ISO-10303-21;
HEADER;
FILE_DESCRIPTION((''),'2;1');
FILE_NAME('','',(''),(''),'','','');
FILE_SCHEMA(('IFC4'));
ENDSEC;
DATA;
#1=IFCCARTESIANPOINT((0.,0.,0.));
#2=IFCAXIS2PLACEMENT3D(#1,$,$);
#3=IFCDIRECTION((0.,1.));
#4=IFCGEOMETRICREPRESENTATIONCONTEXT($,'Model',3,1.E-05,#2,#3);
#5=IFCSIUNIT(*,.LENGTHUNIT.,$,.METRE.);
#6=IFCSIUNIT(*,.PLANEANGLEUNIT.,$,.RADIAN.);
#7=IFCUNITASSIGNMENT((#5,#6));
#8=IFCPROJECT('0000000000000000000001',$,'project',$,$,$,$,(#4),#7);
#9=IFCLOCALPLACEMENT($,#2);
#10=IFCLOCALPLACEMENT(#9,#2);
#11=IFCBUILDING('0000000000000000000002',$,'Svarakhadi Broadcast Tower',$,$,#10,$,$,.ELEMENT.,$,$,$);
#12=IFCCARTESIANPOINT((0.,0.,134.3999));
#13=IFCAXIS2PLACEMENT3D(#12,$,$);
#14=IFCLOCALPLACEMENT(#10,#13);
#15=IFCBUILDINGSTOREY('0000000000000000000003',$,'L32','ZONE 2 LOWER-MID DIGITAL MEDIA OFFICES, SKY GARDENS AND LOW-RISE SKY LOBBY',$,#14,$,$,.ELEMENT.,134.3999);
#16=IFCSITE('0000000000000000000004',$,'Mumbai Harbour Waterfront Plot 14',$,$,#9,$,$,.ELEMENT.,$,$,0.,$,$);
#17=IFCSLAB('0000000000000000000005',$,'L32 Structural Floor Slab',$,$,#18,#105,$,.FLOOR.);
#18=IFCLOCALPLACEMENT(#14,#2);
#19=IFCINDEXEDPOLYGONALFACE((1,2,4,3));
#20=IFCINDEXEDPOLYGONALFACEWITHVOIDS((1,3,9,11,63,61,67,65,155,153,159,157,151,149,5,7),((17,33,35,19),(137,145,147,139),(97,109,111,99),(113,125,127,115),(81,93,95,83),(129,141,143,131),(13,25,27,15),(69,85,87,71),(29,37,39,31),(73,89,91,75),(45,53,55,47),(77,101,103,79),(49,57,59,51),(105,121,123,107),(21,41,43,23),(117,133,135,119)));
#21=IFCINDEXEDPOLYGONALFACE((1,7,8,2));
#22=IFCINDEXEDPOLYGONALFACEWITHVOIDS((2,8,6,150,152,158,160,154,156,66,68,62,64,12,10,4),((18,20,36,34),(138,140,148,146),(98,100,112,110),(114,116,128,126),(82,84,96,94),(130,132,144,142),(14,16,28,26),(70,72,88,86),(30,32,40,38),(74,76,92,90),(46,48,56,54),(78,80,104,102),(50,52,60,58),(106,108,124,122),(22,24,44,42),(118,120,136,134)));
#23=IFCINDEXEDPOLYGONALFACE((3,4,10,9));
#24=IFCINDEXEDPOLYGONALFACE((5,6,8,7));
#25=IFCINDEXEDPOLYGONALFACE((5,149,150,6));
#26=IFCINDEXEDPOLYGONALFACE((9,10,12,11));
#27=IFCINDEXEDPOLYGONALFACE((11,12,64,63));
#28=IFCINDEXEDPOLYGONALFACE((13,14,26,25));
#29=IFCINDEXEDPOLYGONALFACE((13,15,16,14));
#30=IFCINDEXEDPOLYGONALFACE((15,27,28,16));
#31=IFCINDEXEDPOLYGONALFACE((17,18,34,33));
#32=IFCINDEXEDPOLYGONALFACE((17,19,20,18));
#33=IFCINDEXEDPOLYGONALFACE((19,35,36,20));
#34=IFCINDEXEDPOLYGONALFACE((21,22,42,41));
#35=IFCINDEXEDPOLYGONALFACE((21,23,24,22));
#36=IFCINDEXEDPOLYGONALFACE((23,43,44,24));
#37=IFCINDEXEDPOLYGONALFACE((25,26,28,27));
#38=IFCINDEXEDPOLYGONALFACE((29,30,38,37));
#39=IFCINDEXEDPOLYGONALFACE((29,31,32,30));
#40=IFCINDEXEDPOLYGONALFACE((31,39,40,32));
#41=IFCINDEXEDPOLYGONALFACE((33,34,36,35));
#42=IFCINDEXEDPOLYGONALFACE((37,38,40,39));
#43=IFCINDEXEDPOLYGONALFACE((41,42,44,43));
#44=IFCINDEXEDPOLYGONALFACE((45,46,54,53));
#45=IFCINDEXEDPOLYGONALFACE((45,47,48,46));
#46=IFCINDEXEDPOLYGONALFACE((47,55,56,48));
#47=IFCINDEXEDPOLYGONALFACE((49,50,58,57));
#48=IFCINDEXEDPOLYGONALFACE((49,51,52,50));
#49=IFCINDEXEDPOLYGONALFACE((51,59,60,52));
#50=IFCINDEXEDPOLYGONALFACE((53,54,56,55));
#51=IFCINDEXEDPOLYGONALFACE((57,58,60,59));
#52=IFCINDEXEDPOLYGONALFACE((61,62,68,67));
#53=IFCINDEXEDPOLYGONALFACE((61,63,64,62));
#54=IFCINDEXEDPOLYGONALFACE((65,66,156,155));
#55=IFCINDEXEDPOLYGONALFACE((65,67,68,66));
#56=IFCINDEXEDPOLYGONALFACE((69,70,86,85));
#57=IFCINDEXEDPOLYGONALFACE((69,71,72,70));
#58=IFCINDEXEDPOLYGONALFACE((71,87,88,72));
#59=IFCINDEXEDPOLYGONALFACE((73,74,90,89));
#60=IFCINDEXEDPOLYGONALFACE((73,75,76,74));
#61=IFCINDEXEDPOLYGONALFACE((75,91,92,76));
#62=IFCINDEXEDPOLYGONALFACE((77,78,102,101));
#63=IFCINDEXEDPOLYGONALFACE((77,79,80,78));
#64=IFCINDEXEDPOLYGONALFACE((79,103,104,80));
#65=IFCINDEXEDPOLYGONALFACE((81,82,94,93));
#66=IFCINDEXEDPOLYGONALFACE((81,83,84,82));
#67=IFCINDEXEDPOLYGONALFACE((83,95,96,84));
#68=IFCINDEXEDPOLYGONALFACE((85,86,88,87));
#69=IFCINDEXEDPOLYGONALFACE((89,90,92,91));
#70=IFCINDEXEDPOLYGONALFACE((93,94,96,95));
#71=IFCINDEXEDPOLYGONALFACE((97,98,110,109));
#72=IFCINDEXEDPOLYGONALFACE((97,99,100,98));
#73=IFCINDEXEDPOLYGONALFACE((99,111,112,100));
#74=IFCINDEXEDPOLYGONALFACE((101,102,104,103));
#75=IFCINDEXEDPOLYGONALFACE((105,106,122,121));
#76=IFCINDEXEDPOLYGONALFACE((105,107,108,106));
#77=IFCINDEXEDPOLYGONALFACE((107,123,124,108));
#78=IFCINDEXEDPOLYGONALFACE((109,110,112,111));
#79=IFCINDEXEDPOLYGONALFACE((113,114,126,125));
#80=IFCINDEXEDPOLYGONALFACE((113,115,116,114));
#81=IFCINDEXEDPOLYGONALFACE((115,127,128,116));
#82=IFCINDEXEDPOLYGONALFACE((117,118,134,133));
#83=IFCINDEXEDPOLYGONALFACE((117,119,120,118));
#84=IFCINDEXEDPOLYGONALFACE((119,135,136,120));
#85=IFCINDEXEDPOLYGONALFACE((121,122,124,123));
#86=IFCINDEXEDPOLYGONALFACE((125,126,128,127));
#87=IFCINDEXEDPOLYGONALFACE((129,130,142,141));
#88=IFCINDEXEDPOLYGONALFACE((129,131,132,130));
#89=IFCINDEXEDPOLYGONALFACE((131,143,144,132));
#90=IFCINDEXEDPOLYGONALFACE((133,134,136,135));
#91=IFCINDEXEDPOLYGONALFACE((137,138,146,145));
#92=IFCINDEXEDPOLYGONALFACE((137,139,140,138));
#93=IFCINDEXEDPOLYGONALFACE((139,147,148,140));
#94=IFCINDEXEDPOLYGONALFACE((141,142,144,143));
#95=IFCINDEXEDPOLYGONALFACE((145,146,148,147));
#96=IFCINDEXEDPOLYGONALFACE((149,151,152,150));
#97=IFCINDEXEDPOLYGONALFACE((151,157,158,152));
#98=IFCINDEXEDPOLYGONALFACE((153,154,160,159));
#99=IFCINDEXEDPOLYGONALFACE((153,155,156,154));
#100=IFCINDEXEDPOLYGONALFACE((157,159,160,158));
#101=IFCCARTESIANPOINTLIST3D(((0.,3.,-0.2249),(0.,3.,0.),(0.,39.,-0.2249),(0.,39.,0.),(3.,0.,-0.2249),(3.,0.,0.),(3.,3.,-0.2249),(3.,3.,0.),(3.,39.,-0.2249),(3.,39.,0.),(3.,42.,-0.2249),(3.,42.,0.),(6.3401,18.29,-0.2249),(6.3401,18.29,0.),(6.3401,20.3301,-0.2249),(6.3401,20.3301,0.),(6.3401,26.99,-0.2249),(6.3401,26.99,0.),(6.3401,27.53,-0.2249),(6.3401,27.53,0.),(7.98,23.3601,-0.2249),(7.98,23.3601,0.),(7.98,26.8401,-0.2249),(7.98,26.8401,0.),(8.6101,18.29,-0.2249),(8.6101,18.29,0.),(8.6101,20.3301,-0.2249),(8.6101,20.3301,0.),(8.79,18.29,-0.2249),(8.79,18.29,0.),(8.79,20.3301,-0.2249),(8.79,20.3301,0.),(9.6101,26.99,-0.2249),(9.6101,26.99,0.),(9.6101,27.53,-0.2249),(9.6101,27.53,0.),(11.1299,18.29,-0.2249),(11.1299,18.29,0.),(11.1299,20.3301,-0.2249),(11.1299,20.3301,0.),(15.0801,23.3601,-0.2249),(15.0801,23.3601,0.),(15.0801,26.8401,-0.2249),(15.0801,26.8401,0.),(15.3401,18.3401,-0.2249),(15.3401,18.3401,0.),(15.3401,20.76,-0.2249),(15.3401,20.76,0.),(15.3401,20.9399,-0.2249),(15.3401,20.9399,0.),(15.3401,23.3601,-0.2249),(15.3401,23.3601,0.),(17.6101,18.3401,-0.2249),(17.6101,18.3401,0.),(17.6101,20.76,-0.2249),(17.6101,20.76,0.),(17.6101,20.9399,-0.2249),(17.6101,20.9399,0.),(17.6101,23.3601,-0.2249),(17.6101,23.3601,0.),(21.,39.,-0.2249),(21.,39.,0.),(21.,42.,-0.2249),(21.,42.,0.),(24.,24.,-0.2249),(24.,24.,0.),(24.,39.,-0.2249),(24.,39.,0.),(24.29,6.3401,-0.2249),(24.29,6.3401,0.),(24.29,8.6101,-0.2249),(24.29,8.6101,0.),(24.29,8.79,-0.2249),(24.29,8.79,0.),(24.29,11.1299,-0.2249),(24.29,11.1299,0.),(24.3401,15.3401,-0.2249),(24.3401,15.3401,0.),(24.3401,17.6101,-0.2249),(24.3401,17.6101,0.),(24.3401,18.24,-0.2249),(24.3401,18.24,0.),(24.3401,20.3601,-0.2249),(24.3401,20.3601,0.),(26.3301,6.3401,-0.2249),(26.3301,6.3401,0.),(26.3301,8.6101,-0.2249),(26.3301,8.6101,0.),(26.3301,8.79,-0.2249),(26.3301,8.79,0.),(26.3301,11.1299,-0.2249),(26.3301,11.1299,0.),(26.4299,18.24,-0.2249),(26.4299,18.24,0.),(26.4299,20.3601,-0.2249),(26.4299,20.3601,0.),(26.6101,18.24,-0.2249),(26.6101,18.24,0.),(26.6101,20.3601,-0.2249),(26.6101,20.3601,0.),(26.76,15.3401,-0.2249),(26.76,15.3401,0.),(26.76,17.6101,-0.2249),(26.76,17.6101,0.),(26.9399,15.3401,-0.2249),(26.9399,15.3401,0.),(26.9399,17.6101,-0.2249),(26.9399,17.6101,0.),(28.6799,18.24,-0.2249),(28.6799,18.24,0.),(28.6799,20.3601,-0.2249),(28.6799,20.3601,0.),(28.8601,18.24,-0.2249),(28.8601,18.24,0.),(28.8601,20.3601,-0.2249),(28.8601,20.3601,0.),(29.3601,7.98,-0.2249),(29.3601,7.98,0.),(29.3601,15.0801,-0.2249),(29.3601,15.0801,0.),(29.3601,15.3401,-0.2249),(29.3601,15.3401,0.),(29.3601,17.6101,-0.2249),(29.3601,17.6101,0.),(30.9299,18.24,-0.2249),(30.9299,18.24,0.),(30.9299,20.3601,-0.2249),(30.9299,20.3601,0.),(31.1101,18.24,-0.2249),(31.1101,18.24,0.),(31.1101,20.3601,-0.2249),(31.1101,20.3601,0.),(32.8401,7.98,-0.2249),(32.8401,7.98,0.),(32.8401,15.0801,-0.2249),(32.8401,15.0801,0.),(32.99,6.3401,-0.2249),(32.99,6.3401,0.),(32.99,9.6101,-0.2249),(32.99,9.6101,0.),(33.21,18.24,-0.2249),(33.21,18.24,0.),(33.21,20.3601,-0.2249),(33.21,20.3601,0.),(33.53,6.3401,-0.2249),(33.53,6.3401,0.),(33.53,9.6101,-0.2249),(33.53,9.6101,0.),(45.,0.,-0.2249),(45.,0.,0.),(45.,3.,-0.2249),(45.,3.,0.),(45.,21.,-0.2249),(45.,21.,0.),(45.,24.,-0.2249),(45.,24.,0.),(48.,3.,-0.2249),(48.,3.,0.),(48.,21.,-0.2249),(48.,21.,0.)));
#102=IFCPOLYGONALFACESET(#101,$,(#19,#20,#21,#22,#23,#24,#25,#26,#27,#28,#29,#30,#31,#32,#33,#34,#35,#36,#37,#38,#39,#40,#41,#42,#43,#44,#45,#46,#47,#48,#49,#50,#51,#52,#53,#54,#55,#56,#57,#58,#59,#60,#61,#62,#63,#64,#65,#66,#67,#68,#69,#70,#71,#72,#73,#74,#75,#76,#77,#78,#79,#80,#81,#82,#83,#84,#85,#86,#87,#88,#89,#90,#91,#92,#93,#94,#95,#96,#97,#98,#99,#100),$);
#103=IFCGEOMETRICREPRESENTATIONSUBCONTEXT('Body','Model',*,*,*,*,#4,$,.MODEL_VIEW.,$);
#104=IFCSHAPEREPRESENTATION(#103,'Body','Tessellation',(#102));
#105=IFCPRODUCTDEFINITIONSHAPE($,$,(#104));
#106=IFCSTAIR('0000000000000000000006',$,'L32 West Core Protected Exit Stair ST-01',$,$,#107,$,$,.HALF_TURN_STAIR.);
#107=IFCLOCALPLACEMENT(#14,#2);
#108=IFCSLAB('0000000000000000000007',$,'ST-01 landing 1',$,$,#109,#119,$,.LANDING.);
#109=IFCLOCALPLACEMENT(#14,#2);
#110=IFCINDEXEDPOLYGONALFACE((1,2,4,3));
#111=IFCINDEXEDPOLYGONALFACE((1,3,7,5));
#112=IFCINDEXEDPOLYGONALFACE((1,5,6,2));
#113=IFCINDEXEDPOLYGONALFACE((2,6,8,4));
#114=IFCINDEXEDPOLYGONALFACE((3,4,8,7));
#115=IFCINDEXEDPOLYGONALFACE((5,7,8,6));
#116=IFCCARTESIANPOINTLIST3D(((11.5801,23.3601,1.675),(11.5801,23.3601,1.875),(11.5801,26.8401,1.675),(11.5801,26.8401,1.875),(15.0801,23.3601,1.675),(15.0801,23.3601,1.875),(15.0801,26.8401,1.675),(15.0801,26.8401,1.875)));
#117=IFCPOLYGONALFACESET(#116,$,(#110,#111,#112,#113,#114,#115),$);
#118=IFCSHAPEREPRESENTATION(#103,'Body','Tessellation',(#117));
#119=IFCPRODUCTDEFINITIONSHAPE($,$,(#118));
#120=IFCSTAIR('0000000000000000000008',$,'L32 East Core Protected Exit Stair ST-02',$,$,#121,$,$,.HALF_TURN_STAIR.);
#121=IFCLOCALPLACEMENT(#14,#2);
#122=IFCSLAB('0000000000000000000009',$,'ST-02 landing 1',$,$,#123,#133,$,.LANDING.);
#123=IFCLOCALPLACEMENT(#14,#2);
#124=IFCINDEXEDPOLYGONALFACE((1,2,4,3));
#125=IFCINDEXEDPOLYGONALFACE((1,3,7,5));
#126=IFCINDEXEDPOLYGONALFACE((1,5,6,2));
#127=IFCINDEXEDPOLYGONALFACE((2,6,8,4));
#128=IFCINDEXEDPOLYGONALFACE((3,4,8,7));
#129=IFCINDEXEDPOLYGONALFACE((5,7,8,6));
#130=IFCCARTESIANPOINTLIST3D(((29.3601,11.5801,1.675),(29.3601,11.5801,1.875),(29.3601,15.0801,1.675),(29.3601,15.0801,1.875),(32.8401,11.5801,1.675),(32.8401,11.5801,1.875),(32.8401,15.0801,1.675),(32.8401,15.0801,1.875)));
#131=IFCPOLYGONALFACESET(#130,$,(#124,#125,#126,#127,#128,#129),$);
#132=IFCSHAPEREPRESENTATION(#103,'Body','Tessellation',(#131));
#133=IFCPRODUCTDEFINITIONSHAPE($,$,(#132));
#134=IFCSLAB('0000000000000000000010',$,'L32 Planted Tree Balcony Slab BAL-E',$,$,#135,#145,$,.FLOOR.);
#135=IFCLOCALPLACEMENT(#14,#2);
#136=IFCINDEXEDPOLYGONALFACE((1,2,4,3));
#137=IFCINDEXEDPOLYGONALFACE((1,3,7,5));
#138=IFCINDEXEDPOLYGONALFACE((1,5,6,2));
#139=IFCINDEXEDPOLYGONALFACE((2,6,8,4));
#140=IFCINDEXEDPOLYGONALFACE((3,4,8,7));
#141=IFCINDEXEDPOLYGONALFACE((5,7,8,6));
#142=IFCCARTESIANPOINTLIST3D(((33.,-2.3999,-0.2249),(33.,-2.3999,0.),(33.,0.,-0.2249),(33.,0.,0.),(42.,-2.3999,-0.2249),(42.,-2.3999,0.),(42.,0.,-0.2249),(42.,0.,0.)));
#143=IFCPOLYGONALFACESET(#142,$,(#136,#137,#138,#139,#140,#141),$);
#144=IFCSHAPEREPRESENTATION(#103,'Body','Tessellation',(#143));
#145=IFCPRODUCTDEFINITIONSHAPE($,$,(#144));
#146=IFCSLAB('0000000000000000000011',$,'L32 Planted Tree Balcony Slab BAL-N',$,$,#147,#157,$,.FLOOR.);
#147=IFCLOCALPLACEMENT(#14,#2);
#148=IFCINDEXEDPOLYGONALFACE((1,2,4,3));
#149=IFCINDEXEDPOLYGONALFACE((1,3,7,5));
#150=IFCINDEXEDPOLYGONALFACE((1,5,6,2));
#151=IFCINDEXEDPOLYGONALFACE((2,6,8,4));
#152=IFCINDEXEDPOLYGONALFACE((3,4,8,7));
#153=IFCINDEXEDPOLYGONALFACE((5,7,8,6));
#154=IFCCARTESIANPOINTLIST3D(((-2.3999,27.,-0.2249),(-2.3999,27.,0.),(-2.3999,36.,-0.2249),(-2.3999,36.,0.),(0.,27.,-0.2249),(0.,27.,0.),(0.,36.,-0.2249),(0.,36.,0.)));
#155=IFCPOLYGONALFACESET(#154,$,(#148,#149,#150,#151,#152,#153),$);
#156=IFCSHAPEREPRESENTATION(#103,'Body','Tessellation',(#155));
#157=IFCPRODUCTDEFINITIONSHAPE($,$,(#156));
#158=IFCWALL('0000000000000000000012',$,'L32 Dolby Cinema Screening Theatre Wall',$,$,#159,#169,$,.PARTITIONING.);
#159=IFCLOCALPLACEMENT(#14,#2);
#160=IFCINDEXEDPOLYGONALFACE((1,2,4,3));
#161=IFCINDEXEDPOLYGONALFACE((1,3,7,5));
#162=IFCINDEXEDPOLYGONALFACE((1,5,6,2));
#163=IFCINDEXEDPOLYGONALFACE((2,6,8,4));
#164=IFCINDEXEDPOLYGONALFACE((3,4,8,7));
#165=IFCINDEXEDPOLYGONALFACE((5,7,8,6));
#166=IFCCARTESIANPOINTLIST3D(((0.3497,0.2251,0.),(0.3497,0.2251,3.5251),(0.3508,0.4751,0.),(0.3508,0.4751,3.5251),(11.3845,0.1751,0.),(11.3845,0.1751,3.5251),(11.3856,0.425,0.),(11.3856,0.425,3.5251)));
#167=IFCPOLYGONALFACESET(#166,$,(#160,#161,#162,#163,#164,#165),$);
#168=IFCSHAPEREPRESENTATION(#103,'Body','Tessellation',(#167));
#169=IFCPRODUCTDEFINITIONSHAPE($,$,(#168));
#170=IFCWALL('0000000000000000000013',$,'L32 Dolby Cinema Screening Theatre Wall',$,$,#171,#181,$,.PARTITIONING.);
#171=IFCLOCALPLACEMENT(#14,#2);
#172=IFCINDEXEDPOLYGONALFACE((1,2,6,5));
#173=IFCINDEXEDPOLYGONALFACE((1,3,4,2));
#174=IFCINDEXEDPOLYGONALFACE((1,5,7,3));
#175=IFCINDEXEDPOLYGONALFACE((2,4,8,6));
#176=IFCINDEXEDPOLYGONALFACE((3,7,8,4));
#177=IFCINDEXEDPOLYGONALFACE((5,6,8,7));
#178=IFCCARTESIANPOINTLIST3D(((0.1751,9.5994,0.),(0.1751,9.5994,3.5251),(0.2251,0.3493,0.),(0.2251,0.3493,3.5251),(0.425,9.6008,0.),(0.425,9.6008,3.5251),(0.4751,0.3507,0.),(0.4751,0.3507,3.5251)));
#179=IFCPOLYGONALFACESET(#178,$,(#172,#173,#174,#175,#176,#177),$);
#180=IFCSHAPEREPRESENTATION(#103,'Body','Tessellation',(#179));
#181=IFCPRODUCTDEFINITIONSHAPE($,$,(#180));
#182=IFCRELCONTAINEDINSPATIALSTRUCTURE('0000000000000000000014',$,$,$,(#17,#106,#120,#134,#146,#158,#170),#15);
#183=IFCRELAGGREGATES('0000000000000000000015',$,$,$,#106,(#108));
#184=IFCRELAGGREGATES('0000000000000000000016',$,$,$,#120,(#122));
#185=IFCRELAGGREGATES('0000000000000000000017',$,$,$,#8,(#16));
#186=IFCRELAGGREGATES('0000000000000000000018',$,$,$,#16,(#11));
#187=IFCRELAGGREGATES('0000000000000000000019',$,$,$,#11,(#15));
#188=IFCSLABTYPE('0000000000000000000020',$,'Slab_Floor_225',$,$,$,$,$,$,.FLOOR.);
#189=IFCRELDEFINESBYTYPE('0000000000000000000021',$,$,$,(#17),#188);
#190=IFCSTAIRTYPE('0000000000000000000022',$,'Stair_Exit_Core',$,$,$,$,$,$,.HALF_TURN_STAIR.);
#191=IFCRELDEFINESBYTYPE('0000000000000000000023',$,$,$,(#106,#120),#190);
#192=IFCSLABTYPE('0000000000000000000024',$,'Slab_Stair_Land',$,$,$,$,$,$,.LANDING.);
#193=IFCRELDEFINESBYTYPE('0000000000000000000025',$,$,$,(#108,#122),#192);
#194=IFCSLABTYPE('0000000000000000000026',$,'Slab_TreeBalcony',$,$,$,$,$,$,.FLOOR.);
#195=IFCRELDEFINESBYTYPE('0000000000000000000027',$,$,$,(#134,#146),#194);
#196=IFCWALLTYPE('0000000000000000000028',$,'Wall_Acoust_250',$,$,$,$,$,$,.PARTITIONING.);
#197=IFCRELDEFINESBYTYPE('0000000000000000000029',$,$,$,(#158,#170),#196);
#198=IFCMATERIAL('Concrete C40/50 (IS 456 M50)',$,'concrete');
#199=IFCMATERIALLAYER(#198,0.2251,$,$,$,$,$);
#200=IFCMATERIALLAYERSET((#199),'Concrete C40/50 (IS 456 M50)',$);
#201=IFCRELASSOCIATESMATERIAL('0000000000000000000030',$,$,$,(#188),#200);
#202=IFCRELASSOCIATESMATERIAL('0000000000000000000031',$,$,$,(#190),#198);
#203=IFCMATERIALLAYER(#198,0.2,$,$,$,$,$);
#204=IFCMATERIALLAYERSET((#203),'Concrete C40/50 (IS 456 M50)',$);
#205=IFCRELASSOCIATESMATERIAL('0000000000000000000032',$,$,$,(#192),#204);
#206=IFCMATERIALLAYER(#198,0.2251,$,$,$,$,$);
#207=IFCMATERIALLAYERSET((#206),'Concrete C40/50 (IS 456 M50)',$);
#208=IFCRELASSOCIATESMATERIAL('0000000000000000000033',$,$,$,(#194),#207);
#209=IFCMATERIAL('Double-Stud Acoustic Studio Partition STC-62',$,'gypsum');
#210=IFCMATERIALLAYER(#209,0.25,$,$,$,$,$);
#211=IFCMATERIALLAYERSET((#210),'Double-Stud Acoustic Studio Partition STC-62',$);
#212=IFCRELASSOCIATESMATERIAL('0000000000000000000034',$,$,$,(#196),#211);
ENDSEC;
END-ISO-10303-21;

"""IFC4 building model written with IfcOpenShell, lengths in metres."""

from ifc_helpers import new_model, si_unit, direction, frame, frame_2d, origin, place, context, subcontext, project, spatial, polyline, rectangle, outline, extrude, material, layer, layer_set, type_object, element, aggregate, save


model = new_model("IFC4")

# Units and contexts
model_context = context("Model", 3, precision=1e-05, world=origin(), true_north=direction((0.0, 1.0)))
body_context = subcontext(model_context, "Body", "Model", "MODEL_VIEW")
ifc_project = project(units=[si_unit("LENGTHUNIT", "METRE"), si_unit("PLANEANGLEUNIT", "RADIAN")], contexts=[model_context])

# Site, building, storey
site_placement = place(None, origin())
site = spatial("IfcSite", under=ifc_project, at=site_placement, Name="Mumbai Harbour Waterfront Plot 14", CompositionType="ELEMENT", RefElevation=0.0)
building_placement = place(site_placement, origin())
building = spatial("IfcBuilding", under=site, at=building_placement, Name="Svarakhadi Broadcast Tower", CompositionType="ELEMENT")
storey_placement = place(building_placement, frame((0.0, 0.0, 134.3999)))
storey = spatial("IfcBuildingStorey", under=building, at=storey_placement, Name="L32", Description="ZONE 2 LOWER-MID DIGITAL MEDIA OFFICES, SKY GARDENS AND LOW-RISE SKY LOBBY", CompositionType="ELEMENT", Elevation=134.3999)

# Slab
ifc_material_1 = material(Name="Concrete C40/50 (IS 456 M50)", Category="concrete")
ifc_layer_1 = layer(ifc_material_1, 0.2251)
ifc_layer_set_1 = layer_set([ifc_layer_1], Name="Concrete C40/50 (IS 456 M50)")
slab_type_1 = type_object("IfcSlabType", Name="Slab_Floor_225", PredefinedType="FLOOR", material=ifc_layer_set_1)
slab_1_placement = place(storey_placement, frame((0.0, 0.0, -0.2249)))
element("IfcSlab", 1, at=slab_1_placement, inside=storey, type_object=slab_type_1, Name="L32 Structural Floor Slab", PredefinedType="FLOOR", context=body_context, shape_type="SweptSolid", body=[
    extrude(outline(polyline([(3.0, 0.0), (45.0, 0.0), (45.0, 3.0), (48.0, 3.0), (48.0, 21.0), (45.0, 21.0), (45.0, 24.0), (24.0, 24.0), (24.0, 39.0), (21.0, 39.0), (21.0, 42.0), (3.0, 42.0), (3.0, 39.0), (0.0, 39.0), (0.0, 3.0), (3.0, 3.0), (3.0, 0.0)]), holes=[polyline([(7.98, 23.3601), (15.0801, 23.3601), (15.0801, 26.8401), (7.98, 26.8401), (7.98, 23.3601)]), polyline([(32.8401, 7.98), (32.8401, 15.0801), (29.3601, 15.0801), (29.3601, 7.98), (32.8401, 7.98)]), polyline([(6.3401, 18.29), (8.6101, 18.29), (8.6101, 20.3301), (6.3401, 20.3301), (6.3401, 18.29)]), polyline([(8.79, 18.29), (11.1299, 18.29), (11.1299, 20.3301), (8.79, 20.3301), (8.79, 18.29)]), polyline([(24.29, 6.3401), (26.3301, 6.3401), (26.3301, 8.6101), (24.29, 8.6101), (24.29, 6.3401)]), polyline([(24.29, 8.79), (26.3301, 8.79), (26.3301, 11.1299), (24.29, 11.1299), (24.29, 8.79)]), polyline([(6.3401, 26.99), (9.6101, 26.99), (9.6101, 27.53), (6.3401, 27.53), (6.3401, 26.99)]), polyline([(32.99, 6.3401), (33.53, 6.3401), (33.53, 9.6101), (32.99, 9.6101), (32.99, 6.3401)]), polyline([(15.3401, 18.3401), (17.6101, 18.3401), (17.6101, 20.76), (15.3401, 20.76), (15.3401, 18.3401)]), polyline([(15.3401, 20.9399), (17.6101, 20.9399), (17.6101, 23.3601), (15.3401, 23.3601), (15.3401, 20.9399)]), polyline([(24.3401, 15.3401), (26.76, 15.3401), (26.76, 17.6101), (24.3401, 17.6101), (24.3401, 15.3401)]), polyline([(26.9399, 15.3401), (29.3601, 15.3401), (29.3601, 17.6101), (26.9399, 17.6101), (26.9399, 15.3401)]), polyline([(24.3401, 18.24), (26.4299, 18.24), (26.4299, 20.3601), (24.3401, 20.3601), (24.3401, 18.24)]), polyline([(26.6101, 18.24), (28.6799, 18.24), (28.6799, 20.3601), (26.6101, 20.3601), (26.6101, 18.24)]), polyline([(28.8601, 18.24), (30.9299, 18.24), (30.9299, 20.3601), (28.8601, 20.3601), (28.8601, 18.24)]), polyline([(31.1101, 18.24), (33.21, 18.24), (33.21, 20.3601), (31.1101, 20.3601), (31.1101, 18.24)])]), origin(), (0.0, 0.0, 1.0), 0.2249),
])

# Stairs, slabs
stair_type = type_object("IfcStairType", Name="Stair_Exit_Core", PredefinedType="HALF_TURN_STAIR", material=ifc_material_1)
stair_1_placement = place(storey_placement, origin())
stair_1 = element("IfcStair", 2, at=stair_1_placement, inside=storey, type_object=stair_type, Name="L32 West Core Protected Exit Stair ST-01", PredefinedType="HALF_TURN_STAIR")
ifc_layer_2 = layer(ifc_material_1, 0.2)
ifc_layer_set_2 = layer_set([ifc_layer_2], Name="Concrete C40/50 (IS 456 M50)")
slab_type_2 = type_object("IfcSlabType", Name="Slab_Stair_Land", PredefinedType="LANDING", material=ifc_layer_set_2)
slab_2_placement = place(storey_placement, frame((0.0, 0.0, 1.675)))
slab_2 = element("IfcSlab", 3, at=slab_2_placement, type_object=slab_type_2, Name="ST-01 landing 1", PredefinedType="LANDING", context=body_context, shape_type="SweptSolid", body=[
    extrude(outline(polyline([(11.5801, 23.3601), (15.0801, 23.3601), (15.0801, 26.8401), (11.5801, 26.8401), (11.5801, 23.3601)])), origin(), (0.0, 0.0, 1.0), 0.2),
])
aggregate(stair_1, [slab_2])
stair_2_placement = place(storey_placement, origin())
stair_2 = element("IfcStair", 4, at=stair_2_placement, inside=storey, type_object=stair_type, Name="L32 East Core Protected Exit Stair ST-02", PredefinedType="HALF_TURN_STAIR")
slab_3_placement = place(storey_placement, frame((0.0, 0.0, 1.675)))
slab_3 = element("IfcSlab", 5, at=slab_3_placement, type_object=slab_type_2, Name="ST-02 landing 1", PredefinedType="LANDING", context=body_context, shape_type="SweptSolid", body=[
    extrude(outline(polyline([(32.8401, 11.5801), (32.8401, 15.0801), (29.3601, 15.0801), (29.3601, 11.5801), (32.8401, 11.5801)])), origin(), (0.0, 0.0, 1.0), 0.2),
])
aggregate(stair_2, [slab_3])

# Slabs
ifc_layer_3 = layer(ifc_material_1, 0.2251)
ifc_layer_set_3 = layer_set([ifc_layer_3], Name="Concrete C40/50 (IS 456 M50)")
slab_type_3 = type_object("IfcSlabType", Name="Slab_TreeBalcony", PredefinedType="FLOOR", material=ifc_layer_set_3)
slab_4_placement = place(storey_placement, frame((0.0, 0.0, -0.2249)))
element("IfcSlab", 6, at=slab_4_placement, inside=storey, type_object=slab_type_3, Name="L32 Planted Tree Balcony Slab BAL-E", PredefinedType="FLOOR", context=body_context, shape_type="SweptSolid", body=[
    extrude(outline(polyline([(33.0, -2.3999), (42.0, -2.3999), (42.0, 0.0), (33.0, 0.0), (33.0, -2.3999)])), origin(), (0.0, 0.0, 1.0), 0.2249),
])
slab_5_placement = place(storey_placement, frame((0.0, 0.0, -0.2249)))
element("IfcSlab", 7, at=slab_5_placement, inside=storey, type_object=slab_type_3, Name="L32 Planted Tree Balcony Slab BAL-N", PredefinedType="FLOOR", context=body_context, shape_type="SweptSolid", body=[
    extrude(outline(polyline([(-2.3999, 27.0), (0.0, 27.0), (0.0, 36.0), (-2.3999, 36.0), (-2.3999, 27.0)])), origin(), (0.0, 0.0, 1.0), 0.2249),
])

# Walls
ifc_material_2 = material(Name="Double-Stud Acoustic Studio Partition STC-62", Category="gypsum")
ifc_layer_4 = layer(ifc_material_2, 0.25)
ifc_layer_set_4 = layer_set([ifc_layer_4], Name="Double-Stud Acoustic Studio Partition STC-62")
wall_type = type_object("IfcWallType", Name="Wall_Acoust_250", PredefinedType="PARTITIONING", material=ifc_layer_set_4)
wall_1_placement = place(storey_placement, frame((0.3501, 0.3501, 0.0), z_axis=(0.0, 0.0, 1.0), x_axis=(0.99999, -0.004535, 0.0)))
element("IfcWall", 8, at=wall_1_placement, inside=storey, type_object=wall_type, Name="L32 Dolby Cinema Screening Theatre Wall", PredefinedType="PARTITIONING", context=body_context, shape_type="SweptSolid", body=[
    extrude(rectangle(XDim=11.0349, YDim=0.25, at=frame_2d((5.5176, 0.0))), origin(), (0.0, 0.0, 1.0), 3.5251),
])
wall_2_placement = place(storey_placement, frame((0.3501, 0.3501, 0.0), z_axis=(0.0, 0.0, 1.0), x_axis=(-0.005411, 0.999985, 0.0)))
element("IfcWall", 9, at=wall_2_placement, inside=storey, type_object=wall_type, Name="L32 Dolby Cinema Screening Theatre Wall", PredefinedType="PARTITIONING", context=body_context, shape_type="SweptSolid", body=[
    extrude(rectangle(XDim=9.2502, YDim=0.25, at=frame_2d((4.625, 0.0))), origin(), (0.0, 0.0, 1.0), 3.5251),
])

save(model, "model.ifc")
